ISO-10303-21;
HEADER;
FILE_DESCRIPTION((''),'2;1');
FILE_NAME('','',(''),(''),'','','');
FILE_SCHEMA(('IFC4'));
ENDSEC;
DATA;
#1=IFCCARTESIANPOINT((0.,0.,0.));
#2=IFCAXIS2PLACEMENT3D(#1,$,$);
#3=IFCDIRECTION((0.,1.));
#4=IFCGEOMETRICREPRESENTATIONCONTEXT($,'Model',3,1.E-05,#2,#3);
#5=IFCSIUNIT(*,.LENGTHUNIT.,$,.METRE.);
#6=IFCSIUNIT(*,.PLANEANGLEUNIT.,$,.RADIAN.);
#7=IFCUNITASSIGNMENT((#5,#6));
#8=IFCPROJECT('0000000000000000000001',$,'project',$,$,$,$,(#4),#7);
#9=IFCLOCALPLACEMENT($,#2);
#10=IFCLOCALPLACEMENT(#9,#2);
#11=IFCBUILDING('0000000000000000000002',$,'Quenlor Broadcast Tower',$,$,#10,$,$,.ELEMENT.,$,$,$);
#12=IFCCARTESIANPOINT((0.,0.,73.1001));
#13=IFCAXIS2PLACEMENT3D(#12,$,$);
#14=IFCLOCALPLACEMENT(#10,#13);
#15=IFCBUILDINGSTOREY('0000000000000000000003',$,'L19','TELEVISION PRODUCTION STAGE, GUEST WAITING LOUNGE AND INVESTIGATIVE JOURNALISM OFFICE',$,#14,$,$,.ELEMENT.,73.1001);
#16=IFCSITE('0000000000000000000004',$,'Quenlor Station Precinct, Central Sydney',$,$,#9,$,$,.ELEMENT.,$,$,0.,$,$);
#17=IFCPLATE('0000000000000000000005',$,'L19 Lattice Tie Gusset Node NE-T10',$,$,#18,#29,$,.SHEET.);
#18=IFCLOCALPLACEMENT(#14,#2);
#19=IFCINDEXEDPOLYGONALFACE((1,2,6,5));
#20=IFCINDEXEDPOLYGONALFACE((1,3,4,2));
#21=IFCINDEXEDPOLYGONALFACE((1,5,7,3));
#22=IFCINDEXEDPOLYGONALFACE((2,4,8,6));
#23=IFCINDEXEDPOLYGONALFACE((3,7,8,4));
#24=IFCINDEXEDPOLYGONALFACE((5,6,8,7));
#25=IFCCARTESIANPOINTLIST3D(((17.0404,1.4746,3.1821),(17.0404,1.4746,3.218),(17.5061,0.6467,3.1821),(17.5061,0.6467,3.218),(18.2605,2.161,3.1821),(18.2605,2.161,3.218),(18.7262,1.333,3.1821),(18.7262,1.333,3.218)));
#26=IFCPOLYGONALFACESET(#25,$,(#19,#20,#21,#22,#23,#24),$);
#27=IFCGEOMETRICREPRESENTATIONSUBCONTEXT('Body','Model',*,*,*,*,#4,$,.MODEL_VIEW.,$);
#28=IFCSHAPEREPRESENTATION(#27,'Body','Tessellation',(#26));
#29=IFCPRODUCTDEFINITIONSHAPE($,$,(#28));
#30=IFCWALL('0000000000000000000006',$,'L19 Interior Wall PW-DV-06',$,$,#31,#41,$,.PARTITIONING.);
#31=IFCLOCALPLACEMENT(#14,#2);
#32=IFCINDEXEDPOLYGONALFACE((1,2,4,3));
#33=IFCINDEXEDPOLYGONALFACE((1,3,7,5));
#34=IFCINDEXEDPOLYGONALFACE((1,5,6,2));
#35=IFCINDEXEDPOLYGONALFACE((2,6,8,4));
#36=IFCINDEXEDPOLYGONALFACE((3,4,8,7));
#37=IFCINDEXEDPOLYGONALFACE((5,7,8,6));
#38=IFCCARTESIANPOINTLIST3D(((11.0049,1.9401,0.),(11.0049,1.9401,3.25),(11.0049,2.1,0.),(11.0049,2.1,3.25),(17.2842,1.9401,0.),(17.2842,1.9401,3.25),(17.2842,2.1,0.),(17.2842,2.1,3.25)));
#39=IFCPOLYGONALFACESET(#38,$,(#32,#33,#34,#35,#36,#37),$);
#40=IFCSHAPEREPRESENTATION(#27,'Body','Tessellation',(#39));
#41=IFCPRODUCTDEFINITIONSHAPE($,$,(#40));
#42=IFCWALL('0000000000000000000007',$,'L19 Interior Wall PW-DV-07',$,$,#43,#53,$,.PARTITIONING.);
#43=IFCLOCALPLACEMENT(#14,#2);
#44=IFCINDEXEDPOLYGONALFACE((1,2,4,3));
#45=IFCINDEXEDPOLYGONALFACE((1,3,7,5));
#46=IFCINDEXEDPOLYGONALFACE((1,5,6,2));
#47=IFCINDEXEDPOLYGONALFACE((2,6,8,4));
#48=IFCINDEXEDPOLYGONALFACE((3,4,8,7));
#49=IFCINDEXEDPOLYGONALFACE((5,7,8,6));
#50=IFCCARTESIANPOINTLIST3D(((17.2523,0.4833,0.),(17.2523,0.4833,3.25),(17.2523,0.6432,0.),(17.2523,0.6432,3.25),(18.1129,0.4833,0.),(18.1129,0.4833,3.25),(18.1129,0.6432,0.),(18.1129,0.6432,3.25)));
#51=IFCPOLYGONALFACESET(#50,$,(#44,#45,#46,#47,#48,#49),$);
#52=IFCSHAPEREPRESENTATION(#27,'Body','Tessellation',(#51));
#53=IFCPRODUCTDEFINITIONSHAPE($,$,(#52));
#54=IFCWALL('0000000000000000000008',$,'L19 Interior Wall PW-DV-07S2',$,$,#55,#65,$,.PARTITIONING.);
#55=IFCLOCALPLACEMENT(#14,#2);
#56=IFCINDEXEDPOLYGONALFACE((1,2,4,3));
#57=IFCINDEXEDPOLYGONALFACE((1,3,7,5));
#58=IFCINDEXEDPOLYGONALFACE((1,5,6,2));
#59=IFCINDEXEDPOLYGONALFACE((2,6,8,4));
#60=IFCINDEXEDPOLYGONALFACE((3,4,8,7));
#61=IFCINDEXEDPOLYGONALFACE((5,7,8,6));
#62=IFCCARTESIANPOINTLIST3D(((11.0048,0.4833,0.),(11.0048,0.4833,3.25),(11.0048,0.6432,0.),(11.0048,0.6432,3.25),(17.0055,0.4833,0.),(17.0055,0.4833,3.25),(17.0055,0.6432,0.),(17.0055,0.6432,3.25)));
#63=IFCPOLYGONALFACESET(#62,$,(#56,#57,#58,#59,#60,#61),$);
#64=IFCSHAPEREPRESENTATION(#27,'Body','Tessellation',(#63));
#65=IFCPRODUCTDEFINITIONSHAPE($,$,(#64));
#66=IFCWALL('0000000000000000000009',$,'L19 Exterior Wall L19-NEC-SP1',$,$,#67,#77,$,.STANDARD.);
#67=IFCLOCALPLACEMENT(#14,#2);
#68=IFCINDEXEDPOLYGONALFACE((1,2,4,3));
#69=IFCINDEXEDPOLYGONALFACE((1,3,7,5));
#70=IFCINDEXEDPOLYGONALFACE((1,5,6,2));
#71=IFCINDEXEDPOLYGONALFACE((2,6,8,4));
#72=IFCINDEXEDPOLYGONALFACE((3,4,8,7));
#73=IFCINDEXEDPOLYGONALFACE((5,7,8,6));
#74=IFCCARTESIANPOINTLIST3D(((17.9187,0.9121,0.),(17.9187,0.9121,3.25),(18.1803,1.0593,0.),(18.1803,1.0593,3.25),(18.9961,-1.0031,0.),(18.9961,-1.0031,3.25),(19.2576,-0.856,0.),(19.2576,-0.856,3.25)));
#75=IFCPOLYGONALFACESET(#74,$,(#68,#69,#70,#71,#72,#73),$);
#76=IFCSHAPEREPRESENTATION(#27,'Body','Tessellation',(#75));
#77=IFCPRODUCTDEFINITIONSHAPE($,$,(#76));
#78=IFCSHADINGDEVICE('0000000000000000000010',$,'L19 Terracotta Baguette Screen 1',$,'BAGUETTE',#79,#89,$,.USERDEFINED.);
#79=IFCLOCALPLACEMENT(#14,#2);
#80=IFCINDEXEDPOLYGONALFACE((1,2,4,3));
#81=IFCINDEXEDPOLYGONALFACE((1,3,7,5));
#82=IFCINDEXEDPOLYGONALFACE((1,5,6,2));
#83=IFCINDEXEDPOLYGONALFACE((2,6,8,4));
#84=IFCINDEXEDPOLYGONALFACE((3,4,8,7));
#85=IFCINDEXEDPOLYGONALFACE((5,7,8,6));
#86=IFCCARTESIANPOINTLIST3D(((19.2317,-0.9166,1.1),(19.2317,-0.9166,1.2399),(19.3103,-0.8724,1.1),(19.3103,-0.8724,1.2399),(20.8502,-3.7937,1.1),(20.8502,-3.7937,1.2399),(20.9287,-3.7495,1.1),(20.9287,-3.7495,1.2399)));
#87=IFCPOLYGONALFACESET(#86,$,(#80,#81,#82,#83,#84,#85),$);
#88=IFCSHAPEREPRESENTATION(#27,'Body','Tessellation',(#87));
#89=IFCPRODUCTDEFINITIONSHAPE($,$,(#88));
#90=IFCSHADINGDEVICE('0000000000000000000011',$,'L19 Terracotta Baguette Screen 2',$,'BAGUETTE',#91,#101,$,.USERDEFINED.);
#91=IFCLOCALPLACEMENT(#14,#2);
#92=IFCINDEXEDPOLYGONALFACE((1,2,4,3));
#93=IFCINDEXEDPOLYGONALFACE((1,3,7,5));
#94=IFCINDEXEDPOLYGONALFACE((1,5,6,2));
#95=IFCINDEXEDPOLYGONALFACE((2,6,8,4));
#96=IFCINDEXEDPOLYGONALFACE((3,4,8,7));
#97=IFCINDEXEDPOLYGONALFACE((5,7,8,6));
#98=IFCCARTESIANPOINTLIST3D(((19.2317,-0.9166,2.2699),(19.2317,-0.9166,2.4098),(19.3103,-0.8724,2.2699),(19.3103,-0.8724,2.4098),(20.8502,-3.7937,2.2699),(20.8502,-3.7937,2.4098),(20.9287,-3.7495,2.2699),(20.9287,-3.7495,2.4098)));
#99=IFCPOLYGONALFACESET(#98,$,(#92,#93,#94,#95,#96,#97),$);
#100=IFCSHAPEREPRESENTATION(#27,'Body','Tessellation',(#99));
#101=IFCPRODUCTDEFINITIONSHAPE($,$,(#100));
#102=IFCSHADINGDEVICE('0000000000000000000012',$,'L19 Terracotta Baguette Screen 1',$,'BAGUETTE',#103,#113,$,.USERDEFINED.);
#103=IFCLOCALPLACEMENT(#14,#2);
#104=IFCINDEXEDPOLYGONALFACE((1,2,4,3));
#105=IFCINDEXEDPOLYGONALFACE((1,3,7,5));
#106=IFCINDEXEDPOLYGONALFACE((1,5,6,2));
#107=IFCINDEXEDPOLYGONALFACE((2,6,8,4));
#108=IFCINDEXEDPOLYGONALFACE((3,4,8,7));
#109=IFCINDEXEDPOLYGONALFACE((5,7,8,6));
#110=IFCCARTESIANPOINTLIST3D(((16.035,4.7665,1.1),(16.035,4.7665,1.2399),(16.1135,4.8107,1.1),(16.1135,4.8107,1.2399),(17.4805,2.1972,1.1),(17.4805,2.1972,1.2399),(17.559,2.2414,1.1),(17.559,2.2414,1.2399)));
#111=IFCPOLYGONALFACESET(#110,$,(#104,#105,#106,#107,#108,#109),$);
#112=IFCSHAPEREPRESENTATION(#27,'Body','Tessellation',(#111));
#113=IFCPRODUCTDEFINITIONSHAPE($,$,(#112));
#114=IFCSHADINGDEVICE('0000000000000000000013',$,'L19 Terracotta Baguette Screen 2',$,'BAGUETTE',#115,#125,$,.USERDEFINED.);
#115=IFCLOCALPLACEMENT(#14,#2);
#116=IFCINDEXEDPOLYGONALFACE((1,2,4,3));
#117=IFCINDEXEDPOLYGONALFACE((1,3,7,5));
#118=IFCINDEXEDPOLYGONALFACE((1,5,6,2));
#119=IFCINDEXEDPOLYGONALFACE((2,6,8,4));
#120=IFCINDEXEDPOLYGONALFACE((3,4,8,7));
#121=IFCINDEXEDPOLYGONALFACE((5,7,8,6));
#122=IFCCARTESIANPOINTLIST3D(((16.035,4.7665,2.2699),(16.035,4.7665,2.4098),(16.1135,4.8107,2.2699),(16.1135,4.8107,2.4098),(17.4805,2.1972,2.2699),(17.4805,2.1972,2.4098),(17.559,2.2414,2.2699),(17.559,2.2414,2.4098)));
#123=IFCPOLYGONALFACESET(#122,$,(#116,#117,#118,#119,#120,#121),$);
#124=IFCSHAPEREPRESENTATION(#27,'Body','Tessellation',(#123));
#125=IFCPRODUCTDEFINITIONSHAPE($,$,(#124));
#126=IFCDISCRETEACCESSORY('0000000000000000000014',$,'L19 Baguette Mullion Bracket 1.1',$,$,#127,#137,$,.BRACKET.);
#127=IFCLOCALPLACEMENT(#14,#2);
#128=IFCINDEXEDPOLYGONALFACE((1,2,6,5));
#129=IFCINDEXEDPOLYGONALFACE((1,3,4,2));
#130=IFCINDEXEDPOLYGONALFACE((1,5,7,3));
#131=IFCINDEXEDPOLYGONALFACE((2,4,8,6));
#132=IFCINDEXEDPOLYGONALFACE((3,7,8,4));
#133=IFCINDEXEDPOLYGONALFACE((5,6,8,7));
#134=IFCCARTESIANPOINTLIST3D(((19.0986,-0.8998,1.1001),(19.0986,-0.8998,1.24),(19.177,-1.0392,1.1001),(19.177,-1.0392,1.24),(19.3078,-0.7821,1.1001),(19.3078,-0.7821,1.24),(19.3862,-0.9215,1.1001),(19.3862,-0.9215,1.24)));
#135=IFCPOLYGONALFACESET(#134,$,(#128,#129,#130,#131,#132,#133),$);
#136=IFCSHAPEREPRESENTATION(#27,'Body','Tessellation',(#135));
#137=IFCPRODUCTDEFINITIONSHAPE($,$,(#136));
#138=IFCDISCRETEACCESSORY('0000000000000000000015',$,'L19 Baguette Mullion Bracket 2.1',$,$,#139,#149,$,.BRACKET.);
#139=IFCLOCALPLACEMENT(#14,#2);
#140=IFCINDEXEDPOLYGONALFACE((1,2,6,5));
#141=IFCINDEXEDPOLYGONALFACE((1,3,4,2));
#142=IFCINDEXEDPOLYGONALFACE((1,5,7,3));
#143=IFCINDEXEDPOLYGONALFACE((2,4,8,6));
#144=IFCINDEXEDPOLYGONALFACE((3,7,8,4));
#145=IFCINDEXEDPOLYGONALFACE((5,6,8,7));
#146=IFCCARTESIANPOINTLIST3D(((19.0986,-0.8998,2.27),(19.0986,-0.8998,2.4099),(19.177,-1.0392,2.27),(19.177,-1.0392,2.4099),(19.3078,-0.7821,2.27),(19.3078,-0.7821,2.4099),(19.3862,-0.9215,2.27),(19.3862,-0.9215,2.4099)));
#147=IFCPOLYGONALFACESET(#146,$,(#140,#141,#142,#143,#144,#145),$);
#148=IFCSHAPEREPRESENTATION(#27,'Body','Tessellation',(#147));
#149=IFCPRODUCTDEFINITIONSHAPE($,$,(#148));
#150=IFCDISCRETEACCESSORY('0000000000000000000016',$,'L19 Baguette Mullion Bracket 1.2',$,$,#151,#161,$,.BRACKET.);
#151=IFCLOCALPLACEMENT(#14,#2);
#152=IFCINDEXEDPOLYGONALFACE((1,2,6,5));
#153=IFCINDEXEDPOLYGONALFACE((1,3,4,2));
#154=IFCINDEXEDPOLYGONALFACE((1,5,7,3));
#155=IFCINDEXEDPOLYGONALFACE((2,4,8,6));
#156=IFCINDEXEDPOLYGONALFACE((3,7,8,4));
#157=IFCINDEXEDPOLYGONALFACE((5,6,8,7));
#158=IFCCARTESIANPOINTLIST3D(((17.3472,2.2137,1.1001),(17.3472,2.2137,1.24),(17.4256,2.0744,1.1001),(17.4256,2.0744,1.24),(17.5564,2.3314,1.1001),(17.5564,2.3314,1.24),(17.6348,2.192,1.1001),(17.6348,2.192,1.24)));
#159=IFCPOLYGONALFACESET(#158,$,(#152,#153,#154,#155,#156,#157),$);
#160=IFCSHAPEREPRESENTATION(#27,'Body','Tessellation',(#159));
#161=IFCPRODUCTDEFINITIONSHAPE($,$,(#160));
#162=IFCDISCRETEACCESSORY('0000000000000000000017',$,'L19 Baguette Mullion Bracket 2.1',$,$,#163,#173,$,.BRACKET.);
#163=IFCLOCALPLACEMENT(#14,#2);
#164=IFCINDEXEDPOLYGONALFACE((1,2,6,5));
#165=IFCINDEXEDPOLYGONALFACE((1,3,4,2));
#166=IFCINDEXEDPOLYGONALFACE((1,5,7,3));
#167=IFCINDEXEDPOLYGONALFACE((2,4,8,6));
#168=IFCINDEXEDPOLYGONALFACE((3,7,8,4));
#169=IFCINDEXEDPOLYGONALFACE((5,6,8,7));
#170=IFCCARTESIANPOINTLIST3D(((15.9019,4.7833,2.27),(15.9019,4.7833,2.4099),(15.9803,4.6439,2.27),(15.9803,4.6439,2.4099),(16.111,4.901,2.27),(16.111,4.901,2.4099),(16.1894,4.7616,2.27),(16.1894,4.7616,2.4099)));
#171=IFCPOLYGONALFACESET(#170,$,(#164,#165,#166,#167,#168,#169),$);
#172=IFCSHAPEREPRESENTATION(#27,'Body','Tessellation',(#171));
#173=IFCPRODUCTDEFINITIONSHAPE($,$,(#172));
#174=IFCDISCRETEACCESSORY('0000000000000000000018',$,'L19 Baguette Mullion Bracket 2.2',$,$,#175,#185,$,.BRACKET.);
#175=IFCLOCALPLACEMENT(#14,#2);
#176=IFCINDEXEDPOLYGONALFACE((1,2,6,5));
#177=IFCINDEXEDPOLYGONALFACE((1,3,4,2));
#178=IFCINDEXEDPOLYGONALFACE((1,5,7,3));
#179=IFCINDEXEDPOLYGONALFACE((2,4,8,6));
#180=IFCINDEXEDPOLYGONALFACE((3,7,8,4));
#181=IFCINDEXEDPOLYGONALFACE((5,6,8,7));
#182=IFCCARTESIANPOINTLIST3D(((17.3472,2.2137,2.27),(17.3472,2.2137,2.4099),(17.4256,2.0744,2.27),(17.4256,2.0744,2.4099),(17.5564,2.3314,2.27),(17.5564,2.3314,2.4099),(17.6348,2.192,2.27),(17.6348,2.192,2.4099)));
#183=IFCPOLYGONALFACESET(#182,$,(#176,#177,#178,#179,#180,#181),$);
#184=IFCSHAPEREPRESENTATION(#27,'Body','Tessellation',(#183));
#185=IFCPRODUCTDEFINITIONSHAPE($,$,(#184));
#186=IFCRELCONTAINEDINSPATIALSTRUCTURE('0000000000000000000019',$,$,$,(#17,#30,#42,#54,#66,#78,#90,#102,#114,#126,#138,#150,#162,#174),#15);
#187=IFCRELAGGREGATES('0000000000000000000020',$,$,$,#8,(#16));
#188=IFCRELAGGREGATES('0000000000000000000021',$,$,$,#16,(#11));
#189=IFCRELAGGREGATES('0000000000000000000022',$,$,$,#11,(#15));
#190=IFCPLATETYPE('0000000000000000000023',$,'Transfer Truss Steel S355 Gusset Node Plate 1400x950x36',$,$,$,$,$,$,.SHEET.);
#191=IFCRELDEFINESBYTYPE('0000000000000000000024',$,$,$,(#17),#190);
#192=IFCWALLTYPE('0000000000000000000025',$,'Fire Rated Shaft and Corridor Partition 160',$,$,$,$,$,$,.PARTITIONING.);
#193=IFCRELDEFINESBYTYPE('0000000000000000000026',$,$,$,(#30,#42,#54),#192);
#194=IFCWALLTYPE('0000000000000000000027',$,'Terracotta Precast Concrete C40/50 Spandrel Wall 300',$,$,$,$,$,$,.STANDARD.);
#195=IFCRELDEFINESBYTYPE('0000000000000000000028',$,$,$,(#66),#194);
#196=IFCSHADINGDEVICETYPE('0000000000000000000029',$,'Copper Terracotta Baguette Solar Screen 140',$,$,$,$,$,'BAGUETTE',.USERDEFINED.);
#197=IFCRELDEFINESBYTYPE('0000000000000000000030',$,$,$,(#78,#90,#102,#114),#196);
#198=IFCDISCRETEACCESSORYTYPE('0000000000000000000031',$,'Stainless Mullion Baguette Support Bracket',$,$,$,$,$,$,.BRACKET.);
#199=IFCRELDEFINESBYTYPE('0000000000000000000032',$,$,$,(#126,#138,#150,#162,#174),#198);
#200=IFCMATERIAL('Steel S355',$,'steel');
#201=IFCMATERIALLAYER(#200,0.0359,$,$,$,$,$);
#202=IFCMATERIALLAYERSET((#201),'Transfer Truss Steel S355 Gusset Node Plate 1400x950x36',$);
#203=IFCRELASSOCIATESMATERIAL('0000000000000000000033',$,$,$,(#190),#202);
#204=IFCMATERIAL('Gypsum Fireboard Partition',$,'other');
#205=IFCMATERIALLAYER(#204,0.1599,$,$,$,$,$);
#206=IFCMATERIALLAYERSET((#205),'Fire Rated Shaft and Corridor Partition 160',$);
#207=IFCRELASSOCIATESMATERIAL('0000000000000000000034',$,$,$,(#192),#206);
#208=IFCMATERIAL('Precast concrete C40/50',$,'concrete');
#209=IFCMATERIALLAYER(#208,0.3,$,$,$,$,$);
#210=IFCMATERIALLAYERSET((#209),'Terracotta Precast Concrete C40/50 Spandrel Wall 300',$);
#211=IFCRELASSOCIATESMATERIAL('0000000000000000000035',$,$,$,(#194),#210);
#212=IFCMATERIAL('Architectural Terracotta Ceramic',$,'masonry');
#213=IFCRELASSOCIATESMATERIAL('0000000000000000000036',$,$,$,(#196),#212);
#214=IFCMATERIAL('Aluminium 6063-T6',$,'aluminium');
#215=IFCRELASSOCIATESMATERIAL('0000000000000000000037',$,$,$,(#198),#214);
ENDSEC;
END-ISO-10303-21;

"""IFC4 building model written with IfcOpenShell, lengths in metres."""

from ifc_helpers import new_model, si_unit, direction, frame, frame_2d, origin, origin_2d, place, context, subcontext, project, spatial, rectangle, extrude, material, layer, layer_set, material_profile, profile_set, type_object, element, save


model = new_model("IFC4")

# Units and contexts
model_context = context("Model", 3, precision=1e-05, world=origin(), true_north=direction((0.0, 1.0)))
body_context = subcontext(model_context, "Body", "Model", "MODEL_VIEW")
ifc_project = project(units=[si_unit("LENGTHUNIT", "METRE"), si_unit("PLANEANGLEUNIT", "RADIAN")], contexts=[model_context])

# Site, building, storey
site_placement = place(None, origin())
site = spatial("IfcSite", under=ifc_project, at=site_placement, Name="Quenlor Station Precinct, Central Sydney", CompositionType="ELEMENT", RefElevation=0.0)
building_placement = place(site_placement, origin())
building = spatial("IfcBuilding", under=site, at=building_placement, Name="Quenlor Broadcast Tower", CompositionType="ELEMENT")
storey_placement = place(building_placement, frame((0.0, 0.0, 73.1001)))
storey = spatial("IfcBuildingStorey", under=building, at=storey_placement, Name="L19", Description="TELEVISION PRODUCTION STAGE, GUEST WAITING LOUNGE AND INVESTIGATIVE JOURNALISM OFFICE", CompositionType="ELEMENT", Elevation=73.1001)

# Plate
ifc_material_1 = material(Name="Steel S355", Category="steel")
ifc_layer_1 = layer(ifc_material_1, 0.0359)
ifc_layer_set_1 = layer_set([ifc_layer_1], Name="Transfer Truss Steel S355 Gusset Node Plate 1400x950x36")
plate_type_1 = type_object("IfcPlateType", Name="Transfer Truss Steel S355 Gusset Node Plate 1400x950x36", PredefinedType="SHEET", material=ifc_layer_set_1)
for number, where, z_axis, x_axis, name in (
    (1, (17.8833, 1.4038, 3.1821), (0.0, 0.0, 1.0), (0.871556, 0.490295, 0.0), "L19 Lattice Tie Gusset Node NE-T10"),
):
    element("IfcPlate", number, at=place(storey_placement, frame(where, z_axis=z_axis, x_axis=x_axis)), inside=storey, type_object=plate_type_1, Name=name, PredefinedType="SHEET", context=body_context, shape_type="SweptSolid", body=[
        extrude(rectangle(XDim=1.3999, YDim=0.95, at=origin_2d()), origin(), (0.0, 0.0, 1.0), 0.0359),
    ])

# Walls
ifc_material_2 = material(Name="Gypsum Fireboard Partition", Category="other")
ifc_layer_2 = layer(ifc_material_2, 0.1599)
ifc_layer_set_2 = layer_set([ifc_layer_2], Name="Fire Rated Shaft and Corridor Partition 160")
wall_type_1 = type_object("IfcWallType", Name="Fire Rated Shaft and Corridor Partition 160", PredefinedType="PARTITIONING", material=ifc_layer_set_2)
wall_1_placement = place(storey_placement, frame((17.2842, 2.02, 0.0), z_axis=(0.0, 0.0, 1.0), x_axis=(-1.0, 0.0, 0.0)))
element("IfcWall", 2, at=wall_1_placement, inside=storey, type_object=wall_type_1, Name="L19 Interior Wall PW-DV-06", PredefinedType="PARTITIONING", context=body_context, shape_type="SweptSolid", body=[
    extrude(rectangle(XDim=6.2793, YDim=0.1599, at=frame_2d((3.1396, 0.0))), origin(), (0.0, 0.0, 1.0), 3.25),
])
wall_2_placement = place(storey_placement, frame((18.1128, 0.5632, 0.0), z_axis=(0.0, 0.0, 1.0), x_axis=(-1.0, 0.0, 0.0)))
element("IfcWall", 3, at=wall_2_placement, inside=storey, type_object=wall_type_1, Name="L19 Interior Wall PW-DV-07", PredefinedType="PARTITIONING", context=body_context, shape_type="SweptSolid", body=[
    extrude(rectangle(XDim=0.8606, YDim=0.1599, at=frame_2d((0.4302, 0.0))), origin(), (0.0, 0.0, 1.0), 3.25),
])
wall_3_placement = place(storey_placement, frame((17.0056, 0.5632, 0.0), z_axis=(0.0, 0.0, 1.0), x_axis=(-1.0, 0.0, 0.0)))
element("IfcWall", 4, at=wall_3_placement, inside=storey, type_object=wall_type_1, Name="L19 Interior Wall PW-DV-07S2", PredefinedType="PARTITIONING", context=body_context, shape_type="SweptSolid", body=[
    extrude(rectangle(XDim=6.0007, YDim=0.1599, at=frame_2d((3.0005, 0.0))), origin(), (0.0, 0.0, 1.0), 3.25),
])
ifc_material_3 = material(Name="Precast concrete C40/50", Category="concrete")
ifc_layer_3 = layer(ifc_material_3, 0.3)
ifc_layer_set_3 = layer_set([ifc_layer_3], Name="Terracotta Precast Concrete C40/50 Spandrel Wall 300")
wall_type_2 = type_object("IfcWallType", Name="Terracotta Precast Concrete C40/50 Spandrel Wall 300", PredefinedType="STANDARD", material=ifc_layer_set_3)
wall_4_placement = place(storey_placement, frame((18.0496, 0.9856, 0.0), z_axis=(0.0, 0.0, 1.0), x_axis=(0.490277, -0.871567, 0.0)))
element("IfcWall", 5, at=wall_4_placement, inside=storey, type_object=wall_type_2, Name="L19 Exterior Wall L19-NEC-SP1", PredefinedType="STANDARD", context=body_context, shape_type="SweptSolid", body=[
    extrude(rectangle(XDim=2.1975, YDim=0.3, at=frame_2d((1.0986, 0.0))), origin(), (0.0, 0.0, 1.0), 3.25),
])

# Shading devices
ifc_material_4 = material(Name="Architectural Terracotta Ceramic", Category="masonry")
ifc_material_profile_1 = material_profile(ifc_material_4, rectangle(XDim=0.0901, YDim=0.1399, at=origin_2d()))
ifc_profile_set_1 = profile_set([ifc_material_profile_1], Name="Architectural Terracotta Ceramic BAG90x140")
shading_device_type = type_object("IfcShadingDeviceType", Name="Copper Terracotta Baguette Solar Screen 140", ElementType="BAGUETTE", PredefinedType="USERDEFINED", material=ifc_profile_set_1)
for number, where, z_axis, x_axis, name in (
    (6, (19.271, -0.8945, 1.1699), (0.490289, -0.87156, 0.0), (0.87156, 0.490289, 0.0), "L19 Terracotta Baguette Screen 1"),
    (7, (19.271, -0.8945, 2.3398), (0.490289, -0.87156, 0.0), (0.87156, 0.490289, 0.0), "L19 Terracotta Baguette Screen 2"),
):
    element("IfcShadingDevice", number, at=place(storey_placement, frame(where, z_axis=z_axis, x_axis=x_axis)), inside=storey, type_object=shading_device_type, Name=name, ObjectType="BAGUETTE", PredefinedType="USERDEFINED", context=body_context, shape_type="SweptSolid", body=[
        extrude(rectangle(XDim=0.0901, YDim=0.1399, at=origin_2d()), origin(), (0.0, 0.0, 1.0), 3.301),
    ])
for number, where, z_axis, x_axis, name in (
    (8, (16.0742, 4.7886, 1.1699), (0.49034, -0.871531, 0.0), (0.871531, 0.49034, 0.0), "L19 Terracotta Baguette Screen 1"),
    (9, (16.0742, 4.7886, 2.3398), (0.49034, -0.871531, 0.0), (0.871531, 0.49034, 0.0), "L19 Terracotta Baguette Screen 2"),
):
    element("IfcShadingDevice", number, at=place(storey_placement, frame(where, z_axis=z_axis, x_axis=x_axis)), inside=storey, type_object=shading_device_type, Name=name, ObjectType="BAGUETTE", PredefinedType="USERDEFINED", context=body_context, shape_type="SweptSolid", body=[
        extrude(rectangle(XDim=0.0901, YDim=0.1399, at=origin_2d()), origin(), (0.0, 0.0, 1.0), 2.948),
    ])

# Discrete accessories
ifc_material_5 = material(Name="Aluminium 6063-T6", Category="aluminium")
discrete_accessory_type = type_object("IfcDiscreteAccessoryType", Name="Stainless Mullion Baguette Support Bracket", PredefinedType="BRACKET", material=ifc_material_5)
for number, where, z_axis, x_axis, name in (
    (10, (19.2424, -0.9106, 1.1001), (0.0, 0.0, 1.0), (0.490257, -0.871578, 0.0), "L19 Baguette Mullion Bracket 1.1"),
    (11, (19.2424, -0.9106, 2.27), (0.0, 0.0, 1.0), (0.490257, -0.871578, 0.0), "L19 Baguette Mullion Bracket 2.1"),
    (12, (17.491, 2.2029, 1.1001), (0.0, 0.0, 1.0), (0.490274, -0.871568, 0.0), "L19 Baguette Mullion Bracket 1.2"),
    (13, (16.0457, 4.7725, 2.27), (0.0, 0.0, 1.0), (0.490274, -0.871568, 0.0), "L19 Baguette Mullion Bracket 2.1"),
    (14, (17.491, 2.2029, 2.27), (0.0, 0.0, 1.0), (0.490274, -0.871568, 0.0), "L19 Baguette Mullion Bracket 2.2"),
):
    element("IfcDiscreteAccessory", number, at=place(storey_placement, frame(where, z_axis=z_axis, x_axis=x_axis)), inside=storey, type_object=discrete_accessory_type, Name=name, PredefinedType="BRACKET", context=body_context, shape_type="SweptSolid", body=[
        extrude(rectangle(XDim=0.1599, YDim=0.24, at=origin_2d()), origin(), (0.0, 0.0, 1.0), 0.1399),
    ])

save(model, "model.ifc")
